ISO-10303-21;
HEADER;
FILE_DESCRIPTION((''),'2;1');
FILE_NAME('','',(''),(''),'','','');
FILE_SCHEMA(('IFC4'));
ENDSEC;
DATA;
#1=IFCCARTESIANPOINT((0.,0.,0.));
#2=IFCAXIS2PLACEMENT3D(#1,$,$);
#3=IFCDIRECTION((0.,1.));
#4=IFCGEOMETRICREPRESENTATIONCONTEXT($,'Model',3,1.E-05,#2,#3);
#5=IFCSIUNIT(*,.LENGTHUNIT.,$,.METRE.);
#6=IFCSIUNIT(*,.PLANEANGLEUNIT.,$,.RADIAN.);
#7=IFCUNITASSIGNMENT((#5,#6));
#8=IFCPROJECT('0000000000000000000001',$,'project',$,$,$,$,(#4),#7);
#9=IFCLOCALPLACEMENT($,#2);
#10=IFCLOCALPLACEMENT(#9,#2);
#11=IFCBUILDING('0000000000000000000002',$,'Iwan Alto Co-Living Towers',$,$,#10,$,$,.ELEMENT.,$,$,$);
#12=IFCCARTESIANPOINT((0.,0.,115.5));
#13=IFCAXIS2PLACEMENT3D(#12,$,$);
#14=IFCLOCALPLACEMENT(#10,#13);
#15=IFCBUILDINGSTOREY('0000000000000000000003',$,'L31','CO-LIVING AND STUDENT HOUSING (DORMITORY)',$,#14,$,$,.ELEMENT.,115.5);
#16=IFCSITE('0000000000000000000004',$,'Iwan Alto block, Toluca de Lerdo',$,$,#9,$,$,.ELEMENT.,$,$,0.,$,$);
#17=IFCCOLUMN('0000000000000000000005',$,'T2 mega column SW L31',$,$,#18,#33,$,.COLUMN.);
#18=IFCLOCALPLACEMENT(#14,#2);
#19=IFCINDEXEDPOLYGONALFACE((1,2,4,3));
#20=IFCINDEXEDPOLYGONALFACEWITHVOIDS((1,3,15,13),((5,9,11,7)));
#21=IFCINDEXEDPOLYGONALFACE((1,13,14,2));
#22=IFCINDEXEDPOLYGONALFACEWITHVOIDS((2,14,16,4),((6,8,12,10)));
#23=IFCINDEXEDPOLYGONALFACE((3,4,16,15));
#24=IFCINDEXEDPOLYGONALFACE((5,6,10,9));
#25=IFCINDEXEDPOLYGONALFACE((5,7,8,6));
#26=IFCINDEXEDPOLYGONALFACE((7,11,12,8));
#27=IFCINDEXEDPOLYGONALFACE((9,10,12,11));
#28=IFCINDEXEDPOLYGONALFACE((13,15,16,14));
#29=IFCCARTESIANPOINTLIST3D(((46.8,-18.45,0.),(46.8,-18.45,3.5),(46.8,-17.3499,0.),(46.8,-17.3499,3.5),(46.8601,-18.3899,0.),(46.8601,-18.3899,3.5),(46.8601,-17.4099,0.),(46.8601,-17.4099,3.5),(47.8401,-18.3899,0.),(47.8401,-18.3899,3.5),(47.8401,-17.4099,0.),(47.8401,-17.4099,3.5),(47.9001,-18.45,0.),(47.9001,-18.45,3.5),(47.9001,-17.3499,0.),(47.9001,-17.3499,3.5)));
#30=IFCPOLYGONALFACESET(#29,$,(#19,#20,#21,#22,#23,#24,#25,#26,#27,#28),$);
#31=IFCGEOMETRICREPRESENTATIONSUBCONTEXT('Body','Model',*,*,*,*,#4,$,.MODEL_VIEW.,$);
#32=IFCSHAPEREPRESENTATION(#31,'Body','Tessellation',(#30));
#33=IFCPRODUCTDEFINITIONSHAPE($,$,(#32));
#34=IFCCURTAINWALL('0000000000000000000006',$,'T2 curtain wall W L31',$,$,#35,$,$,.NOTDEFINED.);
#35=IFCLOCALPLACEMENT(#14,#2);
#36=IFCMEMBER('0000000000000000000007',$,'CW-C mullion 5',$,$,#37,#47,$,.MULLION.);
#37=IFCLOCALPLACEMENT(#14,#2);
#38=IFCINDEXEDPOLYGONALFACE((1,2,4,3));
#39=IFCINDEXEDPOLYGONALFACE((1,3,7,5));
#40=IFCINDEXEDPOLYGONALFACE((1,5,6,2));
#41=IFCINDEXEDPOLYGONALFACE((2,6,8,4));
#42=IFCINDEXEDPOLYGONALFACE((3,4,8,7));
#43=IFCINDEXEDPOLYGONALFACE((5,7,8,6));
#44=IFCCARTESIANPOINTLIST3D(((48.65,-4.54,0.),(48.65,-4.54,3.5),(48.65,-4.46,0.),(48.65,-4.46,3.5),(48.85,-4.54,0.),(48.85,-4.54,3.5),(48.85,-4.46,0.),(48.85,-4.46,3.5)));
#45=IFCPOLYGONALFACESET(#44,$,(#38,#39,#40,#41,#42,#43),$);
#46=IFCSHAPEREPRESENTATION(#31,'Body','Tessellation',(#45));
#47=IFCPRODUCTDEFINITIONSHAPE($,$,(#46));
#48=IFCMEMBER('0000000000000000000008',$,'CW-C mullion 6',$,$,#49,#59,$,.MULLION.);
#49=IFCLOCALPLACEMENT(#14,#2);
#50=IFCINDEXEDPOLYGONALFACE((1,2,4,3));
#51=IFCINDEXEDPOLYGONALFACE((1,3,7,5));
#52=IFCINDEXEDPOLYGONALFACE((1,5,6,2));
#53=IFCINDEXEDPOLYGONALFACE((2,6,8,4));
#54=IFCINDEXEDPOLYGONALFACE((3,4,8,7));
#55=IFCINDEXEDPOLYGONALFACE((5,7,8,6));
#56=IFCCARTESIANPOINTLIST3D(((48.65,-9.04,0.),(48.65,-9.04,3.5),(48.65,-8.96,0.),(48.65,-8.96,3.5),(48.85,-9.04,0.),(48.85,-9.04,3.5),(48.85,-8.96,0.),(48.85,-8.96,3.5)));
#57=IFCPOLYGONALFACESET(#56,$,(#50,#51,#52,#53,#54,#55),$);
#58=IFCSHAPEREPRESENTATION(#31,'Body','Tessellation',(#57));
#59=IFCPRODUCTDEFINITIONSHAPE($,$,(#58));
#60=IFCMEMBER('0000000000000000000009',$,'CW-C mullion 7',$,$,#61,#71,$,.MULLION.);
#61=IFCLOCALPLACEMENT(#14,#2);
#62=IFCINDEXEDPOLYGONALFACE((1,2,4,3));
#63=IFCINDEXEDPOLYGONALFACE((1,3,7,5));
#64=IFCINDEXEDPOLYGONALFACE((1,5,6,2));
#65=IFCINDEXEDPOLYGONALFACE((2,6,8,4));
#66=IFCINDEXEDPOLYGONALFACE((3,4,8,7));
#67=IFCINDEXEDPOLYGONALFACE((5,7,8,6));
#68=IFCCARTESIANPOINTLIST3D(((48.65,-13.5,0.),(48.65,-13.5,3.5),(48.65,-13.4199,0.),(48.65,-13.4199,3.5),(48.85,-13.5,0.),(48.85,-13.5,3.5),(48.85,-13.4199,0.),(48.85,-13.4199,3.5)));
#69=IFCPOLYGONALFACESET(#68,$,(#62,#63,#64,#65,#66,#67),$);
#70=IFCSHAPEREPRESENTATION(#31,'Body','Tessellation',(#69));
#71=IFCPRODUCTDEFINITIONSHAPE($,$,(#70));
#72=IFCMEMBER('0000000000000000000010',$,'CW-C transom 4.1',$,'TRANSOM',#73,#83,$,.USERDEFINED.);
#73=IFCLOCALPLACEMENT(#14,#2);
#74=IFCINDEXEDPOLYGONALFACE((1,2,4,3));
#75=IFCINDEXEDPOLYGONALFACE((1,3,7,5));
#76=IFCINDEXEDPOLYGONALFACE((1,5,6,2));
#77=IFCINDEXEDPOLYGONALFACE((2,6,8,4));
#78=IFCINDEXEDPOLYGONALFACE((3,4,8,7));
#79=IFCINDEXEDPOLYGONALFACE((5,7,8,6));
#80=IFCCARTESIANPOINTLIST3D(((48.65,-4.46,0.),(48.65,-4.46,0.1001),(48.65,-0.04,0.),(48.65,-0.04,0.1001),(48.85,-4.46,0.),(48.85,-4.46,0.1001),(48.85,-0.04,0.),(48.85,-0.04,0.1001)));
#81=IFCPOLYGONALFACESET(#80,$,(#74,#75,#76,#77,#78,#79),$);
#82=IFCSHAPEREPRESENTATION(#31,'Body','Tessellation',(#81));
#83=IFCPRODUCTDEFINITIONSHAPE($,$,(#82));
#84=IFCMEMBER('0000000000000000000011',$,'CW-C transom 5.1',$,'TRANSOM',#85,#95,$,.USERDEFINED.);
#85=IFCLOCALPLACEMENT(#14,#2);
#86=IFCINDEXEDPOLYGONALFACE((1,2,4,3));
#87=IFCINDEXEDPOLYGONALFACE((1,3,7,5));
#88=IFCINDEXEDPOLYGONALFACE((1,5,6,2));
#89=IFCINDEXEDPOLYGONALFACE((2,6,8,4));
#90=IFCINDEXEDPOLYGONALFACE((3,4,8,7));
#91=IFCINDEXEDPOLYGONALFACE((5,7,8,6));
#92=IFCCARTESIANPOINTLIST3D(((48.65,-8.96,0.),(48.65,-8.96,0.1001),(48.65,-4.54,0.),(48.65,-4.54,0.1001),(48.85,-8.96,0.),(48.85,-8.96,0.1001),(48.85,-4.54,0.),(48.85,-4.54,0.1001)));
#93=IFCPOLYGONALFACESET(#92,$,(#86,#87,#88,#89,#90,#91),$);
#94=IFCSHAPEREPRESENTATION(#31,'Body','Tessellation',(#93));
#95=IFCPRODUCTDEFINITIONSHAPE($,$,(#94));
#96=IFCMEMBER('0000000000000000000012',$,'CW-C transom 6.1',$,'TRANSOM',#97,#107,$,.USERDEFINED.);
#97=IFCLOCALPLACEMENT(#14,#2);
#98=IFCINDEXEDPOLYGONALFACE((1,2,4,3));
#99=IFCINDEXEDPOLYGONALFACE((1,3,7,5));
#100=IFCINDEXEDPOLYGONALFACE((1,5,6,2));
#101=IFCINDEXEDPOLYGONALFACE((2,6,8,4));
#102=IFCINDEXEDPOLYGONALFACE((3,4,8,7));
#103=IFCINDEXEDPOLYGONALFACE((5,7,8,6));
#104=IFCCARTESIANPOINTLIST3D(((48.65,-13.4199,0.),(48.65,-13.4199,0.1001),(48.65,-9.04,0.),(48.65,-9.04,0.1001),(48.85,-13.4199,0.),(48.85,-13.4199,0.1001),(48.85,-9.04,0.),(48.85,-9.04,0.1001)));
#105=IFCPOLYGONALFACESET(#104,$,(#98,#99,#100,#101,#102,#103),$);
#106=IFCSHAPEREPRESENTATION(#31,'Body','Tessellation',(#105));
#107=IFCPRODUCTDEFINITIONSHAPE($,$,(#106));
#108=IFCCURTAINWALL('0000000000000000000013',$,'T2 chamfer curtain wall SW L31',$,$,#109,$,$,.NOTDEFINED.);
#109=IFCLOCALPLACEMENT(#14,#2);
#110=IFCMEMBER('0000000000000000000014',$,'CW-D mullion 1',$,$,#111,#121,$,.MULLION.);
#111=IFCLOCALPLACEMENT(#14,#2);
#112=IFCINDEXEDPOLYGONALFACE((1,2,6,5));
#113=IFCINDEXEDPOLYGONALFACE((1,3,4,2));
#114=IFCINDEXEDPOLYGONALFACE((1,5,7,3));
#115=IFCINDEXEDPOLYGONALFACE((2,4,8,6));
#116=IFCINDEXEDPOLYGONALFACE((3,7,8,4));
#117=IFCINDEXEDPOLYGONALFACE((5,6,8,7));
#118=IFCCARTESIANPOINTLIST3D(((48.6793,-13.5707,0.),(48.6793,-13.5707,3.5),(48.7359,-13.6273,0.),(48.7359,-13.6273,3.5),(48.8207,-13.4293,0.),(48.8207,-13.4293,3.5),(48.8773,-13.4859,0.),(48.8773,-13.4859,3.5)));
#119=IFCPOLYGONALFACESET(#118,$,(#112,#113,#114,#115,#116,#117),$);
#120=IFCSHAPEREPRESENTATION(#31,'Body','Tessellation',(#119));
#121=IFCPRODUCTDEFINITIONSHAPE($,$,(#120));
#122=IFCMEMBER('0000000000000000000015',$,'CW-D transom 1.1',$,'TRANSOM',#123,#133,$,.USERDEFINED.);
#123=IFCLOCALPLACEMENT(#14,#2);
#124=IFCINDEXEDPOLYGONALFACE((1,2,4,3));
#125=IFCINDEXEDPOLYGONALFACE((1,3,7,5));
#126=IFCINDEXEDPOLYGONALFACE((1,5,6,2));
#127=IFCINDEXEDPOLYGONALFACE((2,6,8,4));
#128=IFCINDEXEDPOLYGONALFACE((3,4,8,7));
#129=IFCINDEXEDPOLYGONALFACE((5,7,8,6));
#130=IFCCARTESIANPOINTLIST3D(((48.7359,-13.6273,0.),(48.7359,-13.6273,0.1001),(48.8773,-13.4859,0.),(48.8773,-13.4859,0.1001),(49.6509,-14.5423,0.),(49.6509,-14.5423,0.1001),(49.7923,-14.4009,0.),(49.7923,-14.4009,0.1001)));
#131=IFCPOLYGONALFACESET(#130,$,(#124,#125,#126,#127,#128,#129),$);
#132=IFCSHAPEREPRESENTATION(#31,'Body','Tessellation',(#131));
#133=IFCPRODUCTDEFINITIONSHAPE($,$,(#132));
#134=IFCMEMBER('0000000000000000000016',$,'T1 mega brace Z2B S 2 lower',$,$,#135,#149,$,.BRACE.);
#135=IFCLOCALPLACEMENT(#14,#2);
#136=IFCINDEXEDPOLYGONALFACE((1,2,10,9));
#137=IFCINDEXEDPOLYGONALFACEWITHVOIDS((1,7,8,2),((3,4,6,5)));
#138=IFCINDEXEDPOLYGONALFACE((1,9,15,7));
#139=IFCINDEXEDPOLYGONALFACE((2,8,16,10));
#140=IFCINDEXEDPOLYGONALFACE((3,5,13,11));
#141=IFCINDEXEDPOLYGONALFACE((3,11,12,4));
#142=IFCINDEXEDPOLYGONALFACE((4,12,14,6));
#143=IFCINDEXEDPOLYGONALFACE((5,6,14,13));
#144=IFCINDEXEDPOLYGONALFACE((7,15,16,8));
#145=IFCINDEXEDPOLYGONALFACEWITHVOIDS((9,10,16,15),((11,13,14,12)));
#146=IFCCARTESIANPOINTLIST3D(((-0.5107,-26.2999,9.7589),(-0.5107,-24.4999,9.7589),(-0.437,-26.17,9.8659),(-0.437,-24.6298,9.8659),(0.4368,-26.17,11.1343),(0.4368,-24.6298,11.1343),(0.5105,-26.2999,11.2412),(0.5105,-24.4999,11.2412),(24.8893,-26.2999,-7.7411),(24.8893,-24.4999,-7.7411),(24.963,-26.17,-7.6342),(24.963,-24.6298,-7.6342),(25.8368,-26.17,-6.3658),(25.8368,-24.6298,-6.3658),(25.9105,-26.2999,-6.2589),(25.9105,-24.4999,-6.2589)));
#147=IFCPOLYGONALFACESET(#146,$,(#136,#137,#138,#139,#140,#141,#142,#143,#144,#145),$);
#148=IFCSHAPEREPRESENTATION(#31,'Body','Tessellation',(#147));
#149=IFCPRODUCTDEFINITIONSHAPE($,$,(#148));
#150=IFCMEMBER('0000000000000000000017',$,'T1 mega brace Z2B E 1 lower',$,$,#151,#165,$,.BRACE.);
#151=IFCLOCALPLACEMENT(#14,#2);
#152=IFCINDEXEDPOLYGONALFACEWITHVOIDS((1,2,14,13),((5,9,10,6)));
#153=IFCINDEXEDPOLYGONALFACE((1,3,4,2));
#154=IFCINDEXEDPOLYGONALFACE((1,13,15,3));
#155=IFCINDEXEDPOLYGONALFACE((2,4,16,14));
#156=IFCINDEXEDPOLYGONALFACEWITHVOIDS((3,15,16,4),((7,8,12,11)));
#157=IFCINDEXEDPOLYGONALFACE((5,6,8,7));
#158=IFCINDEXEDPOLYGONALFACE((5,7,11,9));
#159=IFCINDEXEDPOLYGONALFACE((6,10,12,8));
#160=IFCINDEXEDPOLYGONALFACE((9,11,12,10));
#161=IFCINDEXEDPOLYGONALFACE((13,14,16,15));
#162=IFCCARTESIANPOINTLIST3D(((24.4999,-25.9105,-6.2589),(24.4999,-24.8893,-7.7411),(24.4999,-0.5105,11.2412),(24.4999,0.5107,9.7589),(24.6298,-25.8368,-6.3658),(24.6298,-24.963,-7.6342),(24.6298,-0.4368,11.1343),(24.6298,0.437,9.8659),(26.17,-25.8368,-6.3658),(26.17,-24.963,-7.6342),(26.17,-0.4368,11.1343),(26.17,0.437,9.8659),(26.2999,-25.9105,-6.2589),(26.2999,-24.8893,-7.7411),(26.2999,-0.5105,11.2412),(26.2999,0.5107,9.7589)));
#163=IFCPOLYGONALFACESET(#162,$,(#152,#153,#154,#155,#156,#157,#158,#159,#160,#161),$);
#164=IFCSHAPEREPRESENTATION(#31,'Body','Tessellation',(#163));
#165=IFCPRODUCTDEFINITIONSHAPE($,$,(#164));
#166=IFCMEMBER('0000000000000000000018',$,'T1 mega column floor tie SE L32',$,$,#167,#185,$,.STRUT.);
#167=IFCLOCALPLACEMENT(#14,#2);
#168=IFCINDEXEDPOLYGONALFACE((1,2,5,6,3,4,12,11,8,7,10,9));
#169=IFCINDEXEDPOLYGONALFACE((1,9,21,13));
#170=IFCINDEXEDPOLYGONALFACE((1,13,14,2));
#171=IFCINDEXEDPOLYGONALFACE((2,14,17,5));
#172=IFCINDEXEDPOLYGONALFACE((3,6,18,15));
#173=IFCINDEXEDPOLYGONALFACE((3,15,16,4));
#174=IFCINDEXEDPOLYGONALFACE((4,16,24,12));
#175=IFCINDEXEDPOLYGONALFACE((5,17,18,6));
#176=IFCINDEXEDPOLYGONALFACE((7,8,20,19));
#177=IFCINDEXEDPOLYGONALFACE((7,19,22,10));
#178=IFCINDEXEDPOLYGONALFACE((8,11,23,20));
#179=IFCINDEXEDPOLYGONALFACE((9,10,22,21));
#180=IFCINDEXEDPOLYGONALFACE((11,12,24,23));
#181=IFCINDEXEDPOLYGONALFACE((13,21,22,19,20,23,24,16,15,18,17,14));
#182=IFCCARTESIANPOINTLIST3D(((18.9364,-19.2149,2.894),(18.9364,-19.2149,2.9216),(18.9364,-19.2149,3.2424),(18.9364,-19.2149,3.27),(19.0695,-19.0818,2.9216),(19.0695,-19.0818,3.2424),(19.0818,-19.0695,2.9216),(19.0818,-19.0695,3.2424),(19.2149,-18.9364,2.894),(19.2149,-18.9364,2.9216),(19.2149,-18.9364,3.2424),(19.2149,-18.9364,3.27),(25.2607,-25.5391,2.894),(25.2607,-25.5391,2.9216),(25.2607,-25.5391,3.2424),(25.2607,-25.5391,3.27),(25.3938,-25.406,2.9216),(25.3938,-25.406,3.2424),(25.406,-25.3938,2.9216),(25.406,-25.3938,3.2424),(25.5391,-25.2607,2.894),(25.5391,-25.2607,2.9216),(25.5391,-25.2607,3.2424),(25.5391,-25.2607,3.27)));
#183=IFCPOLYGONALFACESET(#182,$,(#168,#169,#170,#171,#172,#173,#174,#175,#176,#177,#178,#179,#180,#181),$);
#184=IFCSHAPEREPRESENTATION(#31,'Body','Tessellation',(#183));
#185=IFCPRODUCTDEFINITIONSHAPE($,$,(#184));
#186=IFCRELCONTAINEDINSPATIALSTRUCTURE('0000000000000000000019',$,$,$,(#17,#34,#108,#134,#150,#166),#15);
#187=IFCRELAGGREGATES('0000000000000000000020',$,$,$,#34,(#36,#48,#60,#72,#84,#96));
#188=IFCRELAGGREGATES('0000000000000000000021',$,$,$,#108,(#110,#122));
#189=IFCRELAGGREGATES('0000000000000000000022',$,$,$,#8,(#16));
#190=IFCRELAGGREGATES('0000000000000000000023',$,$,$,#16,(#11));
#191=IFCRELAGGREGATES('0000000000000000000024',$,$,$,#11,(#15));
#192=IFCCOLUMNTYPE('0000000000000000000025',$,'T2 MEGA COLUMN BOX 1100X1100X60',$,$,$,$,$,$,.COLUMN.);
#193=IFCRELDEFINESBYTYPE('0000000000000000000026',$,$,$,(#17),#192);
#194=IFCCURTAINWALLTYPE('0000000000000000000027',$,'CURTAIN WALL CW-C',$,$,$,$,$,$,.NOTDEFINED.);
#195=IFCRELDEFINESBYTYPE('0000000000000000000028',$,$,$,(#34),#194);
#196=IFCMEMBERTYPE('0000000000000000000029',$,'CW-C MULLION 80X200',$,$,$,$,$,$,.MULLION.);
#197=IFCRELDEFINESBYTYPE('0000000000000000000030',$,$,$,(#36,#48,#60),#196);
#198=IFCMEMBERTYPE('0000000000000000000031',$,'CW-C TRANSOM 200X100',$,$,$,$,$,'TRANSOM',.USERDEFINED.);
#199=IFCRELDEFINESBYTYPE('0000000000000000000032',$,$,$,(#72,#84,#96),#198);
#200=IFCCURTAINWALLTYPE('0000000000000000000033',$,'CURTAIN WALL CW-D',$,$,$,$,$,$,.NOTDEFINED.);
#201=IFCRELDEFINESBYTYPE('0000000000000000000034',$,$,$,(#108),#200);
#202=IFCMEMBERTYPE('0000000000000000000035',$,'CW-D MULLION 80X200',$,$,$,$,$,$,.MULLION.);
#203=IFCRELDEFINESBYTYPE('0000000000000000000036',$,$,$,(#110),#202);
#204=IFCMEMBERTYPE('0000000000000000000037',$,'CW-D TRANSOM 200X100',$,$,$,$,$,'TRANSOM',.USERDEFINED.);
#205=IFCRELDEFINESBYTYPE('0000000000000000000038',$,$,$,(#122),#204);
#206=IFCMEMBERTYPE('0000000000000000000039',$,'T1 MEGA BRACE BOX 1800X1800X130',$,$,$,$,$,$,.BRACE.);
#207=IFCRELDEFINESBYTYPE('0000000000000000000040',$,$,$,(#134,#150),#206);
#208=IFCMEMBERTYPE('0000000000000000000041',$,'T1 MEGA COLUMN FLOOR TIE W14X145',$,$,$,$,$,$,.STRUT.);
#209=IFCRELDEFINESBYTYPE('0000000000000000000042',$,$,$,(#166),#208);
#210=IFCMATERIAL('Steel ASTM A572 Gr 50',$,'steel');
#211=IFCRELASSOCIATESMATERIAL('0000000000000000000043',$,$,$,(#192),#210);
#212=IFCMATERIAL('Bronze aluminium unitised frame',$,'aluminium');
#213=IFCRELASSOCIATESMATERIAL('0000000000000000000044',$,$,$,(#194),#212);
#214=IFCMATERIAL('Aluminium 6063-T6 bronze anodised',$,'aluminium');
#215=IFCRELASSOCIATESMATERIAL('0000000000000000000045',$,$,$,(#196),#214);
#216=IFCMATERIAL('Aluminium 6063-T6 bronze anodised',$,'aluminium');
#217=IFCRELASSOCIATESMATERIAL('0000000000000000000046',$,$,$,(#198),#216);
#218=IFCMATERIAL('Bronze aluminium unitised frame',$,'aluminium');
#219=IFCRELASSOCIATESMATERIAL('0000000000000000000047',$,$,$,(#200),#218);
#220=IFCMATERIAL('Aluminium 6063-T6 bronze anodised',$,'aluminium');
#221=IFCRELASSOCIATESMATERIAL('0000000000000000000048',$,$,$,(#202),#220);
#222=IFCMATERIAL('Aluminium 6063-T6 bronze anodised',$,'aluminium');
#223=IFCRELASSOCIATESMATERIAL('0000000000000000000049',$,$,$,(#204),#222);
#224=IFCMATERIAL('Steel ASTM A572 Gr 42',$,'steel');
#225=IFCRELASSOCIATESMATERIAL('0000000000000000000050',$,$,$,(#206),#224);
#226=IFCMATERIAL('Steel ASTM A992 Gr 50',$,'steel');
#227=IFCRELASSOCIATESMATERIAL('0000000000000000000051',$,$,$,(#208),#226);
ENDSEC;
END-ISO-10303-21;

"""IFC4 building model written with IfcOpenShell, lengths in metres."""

from ifc_helpers import new_model, si_unit, direction, frame, origin, origin_2d, place, context, subcontext, project, spatial, rectangle, hollow_rectangle, i_section, extrude, material, material_profile, profile_set, type_object, element, aggregate, save


model = new_model("IFC4")

# Units and contexts
model_context = context("Model", 3, precision=1e-05, world=origin(), true_north=direction((0.0, 1.0)))
body_context = subcontext(model_context, "Body", "Model", "MODEL_VIEW")
ifc_project = project(units=[si_unit("LENGTHUNIT", "METRE"), si_unit("PLANEANGLEUNIT", "RADIAN")], contexts=[model_context])

# Site, building, storey
site_placement = place(None, origin())
site = spatial("IfcSite", under=ifc_project, at=site_placement, Name="Iwan Alto block, Toluca de Lerdo", CompositionType="ELEMENT", RefElevation=0.0)
building_placement = place(site_placement, origin())
building = spatial("IfcBuilding", under=site, at=building_placement, Name="Iwan Alto Co-Living Towers", CompositionType="ELEMENT")
storey_placement = place(building_placement, frame((0.0, 0.0, 115.5)))
storey = spatial("IfcBuildingStorey", under=building, at=storey_placement, Name="L31", Description="CO-LIVING AND STUDENT HOUSING (DORMITORY)", CompositionType="ELEMENT", Elevation=115.5)

# Column
ifc_material_1 = material(Name="Steel ASTM A572 Gr 50", Category="steel")
ifc_material_profile_1 = material_profile(ifc_material_1, hollow_rectangle(XDim=1.1001, YDim=1.1001, WallThickness=0.0601, at=origin_2d()), Name="BOX 1100X1100X60")
ifc_profile_set_1 = profile_set([ifc_material_profile_1], Name="Steel ASTM A572 Gr 50")
column_type = type_object("IfcColumnType", Name="T2 MEGA COLUMN BOX 1100X1100X60", PredefinedType="COLUMN", material=ifc_profile_set_1)
column_placement = place(storey_placement, frame((47.3501, -17.8999, 0.0), z_axis=(0.0, 0.0, 1.0), x_axis=(1.0, 0.0, 0.0)))
element("IfcColumn", 1, at=column_placement, inside=storey, type_object=column_type, Name="T2 mega column SW L31", PredefinedType="COLUMN", context=body_context, shape_type="SweptSolid", body=[
    extrude(hollow_rectangle(XDim=1.1001, YDim=1.1001, WallThickness=0.0601, at=origin_2d()), origin(), (0.0, 0.0, 1.0), 3.5),
])

# Curtain walls, members
ifc_material_2 = material(Name="Bronze aluminium unitised frame", Category="aluminium")
curtain_wall_type_1 = type_object("IfcCurtainWallType", Name="CURTAIN WALL CW-C", PredefinedType="NOTDEFINED", material=ifc_material_2)
curtain_wall_1_placement = place(storey_placement, origin())
curtain_wall_1 = element("IfcCurtainWall", 2, at=curtain_wall_1_placement, inside=storey, type_object=curtain_wall_type_1, Name="T2 curtain wall W L31", PredefinedType="NOTDEFINED")
ifc_material_3 = material(Name="Aluminium 6063-T6 bronze anodised", Category="aluminium")
ifc_material_profile_2 = material_profile(ifc_material_3, rectangle(XDim=0.2, YDim=0.0801, at=origin_2d()), Name="AL 80X200")
ifc_profile_set_2 = profile_set([ifc_material_profile_2], Name="Aluminium 6063-T6 bronze anodised")
member_type_1 = type_object("IfcMemberType", Name="CW-C MULLION 80X200", PredefinedType="MULLION", material=ifc_profile_set_2)
member_1_placement = place(storey_placement, frame((48.75, -4.5, 0.0), z_axis=(0.0, 0.0, 1.0), x_axis=(1.0, 0.0, 0.0)))
member_1 = element("IfcMember", 3, at=member_1_placement, type_object=member_type_1, Name="CW-C mullion 5", PredefinedType="MULLION", context=body_context, shape_type="SweptSolid", body=[
    extrude(rectangle(XDim=0.2, YDim=0.0801, at=origin_2d()), origin(), (0.0, 0.0, 1.0), 3.5),
])
member_2_placement = place(storey_placement, frame((48.75, -9.0, 0.0), z_axis=(0.0, 0.0, 1.0), x_axis=(1.0, 0.0, 0.0)))
member_2 = element("IfcMember", 4, at=member_2_placement, type_object=member_type_1, Name="CW-C mullion 6", PredefinedType="MULLION", context=body_context, shape_type="SweptSolid", body=[
    extrude(rectangle(XDim=0.2, YDim=0.0801, at=origin_2d()), origin(), (0.0, 0.0, 1.0), 3.5),
])
member_3_placement = place(storey_placement, frame((48.75, -13.46, 0.0), z_axis=(0.0, 0.0, 1.0), x_axis=(1.0, 0.0, 0.0)))
member_3 = element("IfcMember", 5, at=member_3_placement, type_object=member_type_1, Name="CW-C mullion 7", PredefinedType="MULLION", context=body_context, shape_type="SweptSolid", body=[
    extrude(rectangle(XDim=0.2, YDim=0.0801, at=origin_2d()), origin(), (0.0, 0.0, 1.0), 3.5),
])
ifc_material_4 = material(Name="Aluminium 6063-T6 bronze anodised", Category="aluminium")
ifc_material_profile_3 = material_profile(ifc_material_4, rectangle(XDim=0.2, YDim=0.1001, at=origin_2d()), Name="AL 200X100")
ifc_profile_set_3 = profile_set([ifc_material_profile_3], Name="Aluminium 6063-T6 bronze anodised")
member_type_2 = type_object("IfcMemberType", Name="CW-C TRANSOM 200X100", ElementType="TRANSOM", PredefinedType="USERDEFINED", material=ifc_profile_set_3)
member_4_placement = place(storey_placement, frame((48.75, -0.04, 0.05), z_axis=(0.0, -1.0, 0.0), x_axis=(1.0, 0.0, 0.0)))
member_4 = element("IfcMember", 6, at=member_4_placement, type_object=member_type_2, Name="CW-C transom 4.1", ObjectType="TRANSOM", PredefinedType="USERDEFINED", context=body_context, shape_type="SweptSolid", body=[
    extrude(rectangle(XDim=0.2, YDim=0.1001, at=origin_2d()), origin(), (0.0, 0.0, 1.0), 4.4199),
])
member_5_placement = place(storey_placement, frame((48.75, -4.54, 0.05), z_axis=(0.0, -1.0, 0.0), x_axis=(1.0, 0.0, 0.0)))
member_5 = element("IfcMember", 7, at=member_5_placement, type_object=member_type_2, Name="CW-C transom 5.1", ObjectType="TRANSOM", PredefinedType="USERDEFINED", context=body_context, shape_type="SweptSolid", body=[
    extrude(rectangle(XDim=0.2, YDim=0.1001, at=origin_2d()), origin(), (0.0, 0.0, 1.0), 4.4199),
])
member_6_placement = place(storey_placement, frame((48.75, -9.04, 0.05), z_axis=(0.0, -1.0, 0.0), x_axis=(1.0, 0.0, 0.0)))
member_6 = element("IfcMember", 8, at=member_6_placement, type_object=member_type_2, Name="CW-C transom 6.1", ObjectType="TRANSOM", PredefinedType="USERDEFINED", context=body_context, shape_type="SweptSolid", body=[
    extrude(rectangle(XDim=0.2, YDim=0.1001, at=origin_2d()), origin(), (0.0, 0.0, 1.0), 4.3799),
])
ifc_material_5 = material(Name="Bronze aluminium unitised frame", Category="aluminium")
curtain_wall_type_2 = type_object("IfcCurtainWallType", Name="CURTAIN WALL CW-D", PredefinedType="NOTDEFINED", material=ifc_material_5)
curtain_wall_2_placement = place(storey_placement, origin())
curtain_wall_2 = element("IfcCurtainWall", 9, at=curtain_wall_2_placement, inside=storey, type_object=curtain_wall_type_2, Name="T2 chamfer curtain wall SW L31", PredefinedType="NOTDEFINED")
ifc_material_6 = material(Name="Aluminium 6063-T6 bronze anodised", Category="aluminium")
ifc_material_profile_4 = material_profile(ifc_material_6, rectangle(XDim=0.2, YDim=0.0801, at=origin_2d()), Name="AL 80X200")
ifc_profile_set_4 = profile_set([ifc_material_profile_4], Name="Aluminium 6063-T6 bronze anodised")
member_type_3 = type_object("IfcMemberType", Name="CW-D MULLION 80X200", PredefinedType="MULLION", material=ifc_profile_set_4)
member_7_placement = place(storey_placement, frame((48.7783, -13.5283, 0.0), z_axis=(0.0, 0.0, 1.0), x_axis=(0.707107, 0.707107, 0.0)))
member_7 = element("IfcMember", 10, at=member_7_placement, type_object=member_type_3, Name="CW-D mullion 1", PredefinedType="MULLION", context=body_context, shape_type="SweptSolid", body=[
    extrude(rectangle(XDim=0.2, YDim=0.0801, at=origin_2d()), origin(), (0.0, 0.0, 1.0), 3.5),
])
ifc_material_7 = material(Name="Aluminium 6063-T6 bronze anodised", Category="aluminium")
ifc_material_profile_5 = material_profile(ifc_material_7, rectangle(XDim=0.2, YDim=0.1001, at=origin_2d()), Name="AL 200X100")
ifc_profile_set_5 = profile_set([ifc_material_profile_5], Name="Aluminium 6063-T6 bronze anodised")
member_type_4 = type_object("IfcMemberType", Name="CW-D TRANSOM 200X100", ElementType="TRANSOM", PredefinedType="USERDEFINED", material=ifc_profile_set_5)
member_8_placement = place(storey_placement, frame((48.8066, -13.5566, 0.05), z_axis=(0.707107, -0.707107, 0.0), x_axis=(0.707107, 0.707107, 0.0)))
member_8 = element("IfcMember", 11, at=member_8_placement, type_object=member_type_4, Name="CW-D transom 1.1", ObjectType="TRANSOM", PredefinedType="USERDEFINED", context=body_context, shape_type="SweptSolid", body=[
    extrude(rectangle(XDim=0.2, YDim=0.1001, at=origin_2d()), origin(), (0.0, 0.0, 1.0), 1.2939),
])

# Members
ifc_material_8 = material(Name="Steel ASTM A572 Gr 42", Category="steel")
ifc_material_profile_6 = material_profile(ifc_material_8, hollow_rectangle(XDim=1.8, YDim=1.8, WallThickness=0.1299, at=origin_2d()), Name="BOX 1800X1800X130")
ifc_profile_set_6 = profile_set([ifc_material_profile_6], Name="Steel ASTM A572 Gr 42")
member_type_5 = type_object("IfcMemberType", Name="T1 MEGA BRACE BOX 1800X1800X130", PredefinedType="BRACE", material=ifc_profile_set_6)
for number, where, z_axis, x_axis, name in (
    (12, (25.3999, -25.3999, -7.0), (-0.823473, 0.0, 0.567356), (0.0, -1.0, 0.0), "T1 mega brace Z2B S 2 lower"),
    (13, (25.3999, -25.3999, -7.0), (0.0, 0.823473, 0.567356), (-1.0, 0.0, 0.0), "T1 mega brace Z2B E 1 lower"),
):
    element("IfcMember", number, at=place(storey_placement, frame(where, z_axis=z_axis, x_axis=x_axis)), inside=storey, type_object=member_type_5, Name=name, PredefinedType="BRACE", context=body_context, shape_type="SweptSolid", body=[
        extrude(hollow_rectangle(XDim=1.8, YDim=1.8, WallThickness=0.1299, at=origin_2d()), origin(), (0.0, 0.0, 1.0), 30.845),
    ])
ifc_material_9 = material(Name="Steel ASTM A992 Gr 50", Category="steel")
ifc_material_profile_7 = material_profile(ifc_material_9, i_section(OverallWidth=0.3938, OverallDepth=0.376, WebThickness=0.0173, FlangeThickness=0.0276, at=origin_2d()), Name="W14X145")
ifc_profile_set_7 = profile_set([ifc_material_profile_7], Name="Steel ASTM A992 Gr 50")
member_type_6 = type_object("IfcMemberType", Name="T1 MEGA COLUMN FLOOR TIE W14X145", PredefinedType="STRUT", material=ifc_profile_set_7)
member_9_placement = place(storey_placement, frame((25.3999, -25.3999, 3.082), z_axis=(-0.707107, 0.707107, 0.0), x_axis=(-0.707107, -0.707107, 0.0)))
element("IfcMember", 14, at=member_9_placement, inside=storey, type_object=member_type_6, Name="T1 mega column floor tie SE L32", PredefinedType="STRUT", context=body_context, shape_type="SweptSolid", body=[
    extrude(i_section(OverallWidth=0.3938, OverallDepth=0.376, WebThickness=0.0173, FlangeThickness=0.0276, at=origin_2d()), origin(), (0.0, 0.0, 1.0), 8.9438),
])

aggregate(curtain_wall_1, [member_1, member_2, member_3, member_4, member_5, member_6])
aggregate(curtain_wall_2, [member_7, member_8])

save(model, "model.ifc")
